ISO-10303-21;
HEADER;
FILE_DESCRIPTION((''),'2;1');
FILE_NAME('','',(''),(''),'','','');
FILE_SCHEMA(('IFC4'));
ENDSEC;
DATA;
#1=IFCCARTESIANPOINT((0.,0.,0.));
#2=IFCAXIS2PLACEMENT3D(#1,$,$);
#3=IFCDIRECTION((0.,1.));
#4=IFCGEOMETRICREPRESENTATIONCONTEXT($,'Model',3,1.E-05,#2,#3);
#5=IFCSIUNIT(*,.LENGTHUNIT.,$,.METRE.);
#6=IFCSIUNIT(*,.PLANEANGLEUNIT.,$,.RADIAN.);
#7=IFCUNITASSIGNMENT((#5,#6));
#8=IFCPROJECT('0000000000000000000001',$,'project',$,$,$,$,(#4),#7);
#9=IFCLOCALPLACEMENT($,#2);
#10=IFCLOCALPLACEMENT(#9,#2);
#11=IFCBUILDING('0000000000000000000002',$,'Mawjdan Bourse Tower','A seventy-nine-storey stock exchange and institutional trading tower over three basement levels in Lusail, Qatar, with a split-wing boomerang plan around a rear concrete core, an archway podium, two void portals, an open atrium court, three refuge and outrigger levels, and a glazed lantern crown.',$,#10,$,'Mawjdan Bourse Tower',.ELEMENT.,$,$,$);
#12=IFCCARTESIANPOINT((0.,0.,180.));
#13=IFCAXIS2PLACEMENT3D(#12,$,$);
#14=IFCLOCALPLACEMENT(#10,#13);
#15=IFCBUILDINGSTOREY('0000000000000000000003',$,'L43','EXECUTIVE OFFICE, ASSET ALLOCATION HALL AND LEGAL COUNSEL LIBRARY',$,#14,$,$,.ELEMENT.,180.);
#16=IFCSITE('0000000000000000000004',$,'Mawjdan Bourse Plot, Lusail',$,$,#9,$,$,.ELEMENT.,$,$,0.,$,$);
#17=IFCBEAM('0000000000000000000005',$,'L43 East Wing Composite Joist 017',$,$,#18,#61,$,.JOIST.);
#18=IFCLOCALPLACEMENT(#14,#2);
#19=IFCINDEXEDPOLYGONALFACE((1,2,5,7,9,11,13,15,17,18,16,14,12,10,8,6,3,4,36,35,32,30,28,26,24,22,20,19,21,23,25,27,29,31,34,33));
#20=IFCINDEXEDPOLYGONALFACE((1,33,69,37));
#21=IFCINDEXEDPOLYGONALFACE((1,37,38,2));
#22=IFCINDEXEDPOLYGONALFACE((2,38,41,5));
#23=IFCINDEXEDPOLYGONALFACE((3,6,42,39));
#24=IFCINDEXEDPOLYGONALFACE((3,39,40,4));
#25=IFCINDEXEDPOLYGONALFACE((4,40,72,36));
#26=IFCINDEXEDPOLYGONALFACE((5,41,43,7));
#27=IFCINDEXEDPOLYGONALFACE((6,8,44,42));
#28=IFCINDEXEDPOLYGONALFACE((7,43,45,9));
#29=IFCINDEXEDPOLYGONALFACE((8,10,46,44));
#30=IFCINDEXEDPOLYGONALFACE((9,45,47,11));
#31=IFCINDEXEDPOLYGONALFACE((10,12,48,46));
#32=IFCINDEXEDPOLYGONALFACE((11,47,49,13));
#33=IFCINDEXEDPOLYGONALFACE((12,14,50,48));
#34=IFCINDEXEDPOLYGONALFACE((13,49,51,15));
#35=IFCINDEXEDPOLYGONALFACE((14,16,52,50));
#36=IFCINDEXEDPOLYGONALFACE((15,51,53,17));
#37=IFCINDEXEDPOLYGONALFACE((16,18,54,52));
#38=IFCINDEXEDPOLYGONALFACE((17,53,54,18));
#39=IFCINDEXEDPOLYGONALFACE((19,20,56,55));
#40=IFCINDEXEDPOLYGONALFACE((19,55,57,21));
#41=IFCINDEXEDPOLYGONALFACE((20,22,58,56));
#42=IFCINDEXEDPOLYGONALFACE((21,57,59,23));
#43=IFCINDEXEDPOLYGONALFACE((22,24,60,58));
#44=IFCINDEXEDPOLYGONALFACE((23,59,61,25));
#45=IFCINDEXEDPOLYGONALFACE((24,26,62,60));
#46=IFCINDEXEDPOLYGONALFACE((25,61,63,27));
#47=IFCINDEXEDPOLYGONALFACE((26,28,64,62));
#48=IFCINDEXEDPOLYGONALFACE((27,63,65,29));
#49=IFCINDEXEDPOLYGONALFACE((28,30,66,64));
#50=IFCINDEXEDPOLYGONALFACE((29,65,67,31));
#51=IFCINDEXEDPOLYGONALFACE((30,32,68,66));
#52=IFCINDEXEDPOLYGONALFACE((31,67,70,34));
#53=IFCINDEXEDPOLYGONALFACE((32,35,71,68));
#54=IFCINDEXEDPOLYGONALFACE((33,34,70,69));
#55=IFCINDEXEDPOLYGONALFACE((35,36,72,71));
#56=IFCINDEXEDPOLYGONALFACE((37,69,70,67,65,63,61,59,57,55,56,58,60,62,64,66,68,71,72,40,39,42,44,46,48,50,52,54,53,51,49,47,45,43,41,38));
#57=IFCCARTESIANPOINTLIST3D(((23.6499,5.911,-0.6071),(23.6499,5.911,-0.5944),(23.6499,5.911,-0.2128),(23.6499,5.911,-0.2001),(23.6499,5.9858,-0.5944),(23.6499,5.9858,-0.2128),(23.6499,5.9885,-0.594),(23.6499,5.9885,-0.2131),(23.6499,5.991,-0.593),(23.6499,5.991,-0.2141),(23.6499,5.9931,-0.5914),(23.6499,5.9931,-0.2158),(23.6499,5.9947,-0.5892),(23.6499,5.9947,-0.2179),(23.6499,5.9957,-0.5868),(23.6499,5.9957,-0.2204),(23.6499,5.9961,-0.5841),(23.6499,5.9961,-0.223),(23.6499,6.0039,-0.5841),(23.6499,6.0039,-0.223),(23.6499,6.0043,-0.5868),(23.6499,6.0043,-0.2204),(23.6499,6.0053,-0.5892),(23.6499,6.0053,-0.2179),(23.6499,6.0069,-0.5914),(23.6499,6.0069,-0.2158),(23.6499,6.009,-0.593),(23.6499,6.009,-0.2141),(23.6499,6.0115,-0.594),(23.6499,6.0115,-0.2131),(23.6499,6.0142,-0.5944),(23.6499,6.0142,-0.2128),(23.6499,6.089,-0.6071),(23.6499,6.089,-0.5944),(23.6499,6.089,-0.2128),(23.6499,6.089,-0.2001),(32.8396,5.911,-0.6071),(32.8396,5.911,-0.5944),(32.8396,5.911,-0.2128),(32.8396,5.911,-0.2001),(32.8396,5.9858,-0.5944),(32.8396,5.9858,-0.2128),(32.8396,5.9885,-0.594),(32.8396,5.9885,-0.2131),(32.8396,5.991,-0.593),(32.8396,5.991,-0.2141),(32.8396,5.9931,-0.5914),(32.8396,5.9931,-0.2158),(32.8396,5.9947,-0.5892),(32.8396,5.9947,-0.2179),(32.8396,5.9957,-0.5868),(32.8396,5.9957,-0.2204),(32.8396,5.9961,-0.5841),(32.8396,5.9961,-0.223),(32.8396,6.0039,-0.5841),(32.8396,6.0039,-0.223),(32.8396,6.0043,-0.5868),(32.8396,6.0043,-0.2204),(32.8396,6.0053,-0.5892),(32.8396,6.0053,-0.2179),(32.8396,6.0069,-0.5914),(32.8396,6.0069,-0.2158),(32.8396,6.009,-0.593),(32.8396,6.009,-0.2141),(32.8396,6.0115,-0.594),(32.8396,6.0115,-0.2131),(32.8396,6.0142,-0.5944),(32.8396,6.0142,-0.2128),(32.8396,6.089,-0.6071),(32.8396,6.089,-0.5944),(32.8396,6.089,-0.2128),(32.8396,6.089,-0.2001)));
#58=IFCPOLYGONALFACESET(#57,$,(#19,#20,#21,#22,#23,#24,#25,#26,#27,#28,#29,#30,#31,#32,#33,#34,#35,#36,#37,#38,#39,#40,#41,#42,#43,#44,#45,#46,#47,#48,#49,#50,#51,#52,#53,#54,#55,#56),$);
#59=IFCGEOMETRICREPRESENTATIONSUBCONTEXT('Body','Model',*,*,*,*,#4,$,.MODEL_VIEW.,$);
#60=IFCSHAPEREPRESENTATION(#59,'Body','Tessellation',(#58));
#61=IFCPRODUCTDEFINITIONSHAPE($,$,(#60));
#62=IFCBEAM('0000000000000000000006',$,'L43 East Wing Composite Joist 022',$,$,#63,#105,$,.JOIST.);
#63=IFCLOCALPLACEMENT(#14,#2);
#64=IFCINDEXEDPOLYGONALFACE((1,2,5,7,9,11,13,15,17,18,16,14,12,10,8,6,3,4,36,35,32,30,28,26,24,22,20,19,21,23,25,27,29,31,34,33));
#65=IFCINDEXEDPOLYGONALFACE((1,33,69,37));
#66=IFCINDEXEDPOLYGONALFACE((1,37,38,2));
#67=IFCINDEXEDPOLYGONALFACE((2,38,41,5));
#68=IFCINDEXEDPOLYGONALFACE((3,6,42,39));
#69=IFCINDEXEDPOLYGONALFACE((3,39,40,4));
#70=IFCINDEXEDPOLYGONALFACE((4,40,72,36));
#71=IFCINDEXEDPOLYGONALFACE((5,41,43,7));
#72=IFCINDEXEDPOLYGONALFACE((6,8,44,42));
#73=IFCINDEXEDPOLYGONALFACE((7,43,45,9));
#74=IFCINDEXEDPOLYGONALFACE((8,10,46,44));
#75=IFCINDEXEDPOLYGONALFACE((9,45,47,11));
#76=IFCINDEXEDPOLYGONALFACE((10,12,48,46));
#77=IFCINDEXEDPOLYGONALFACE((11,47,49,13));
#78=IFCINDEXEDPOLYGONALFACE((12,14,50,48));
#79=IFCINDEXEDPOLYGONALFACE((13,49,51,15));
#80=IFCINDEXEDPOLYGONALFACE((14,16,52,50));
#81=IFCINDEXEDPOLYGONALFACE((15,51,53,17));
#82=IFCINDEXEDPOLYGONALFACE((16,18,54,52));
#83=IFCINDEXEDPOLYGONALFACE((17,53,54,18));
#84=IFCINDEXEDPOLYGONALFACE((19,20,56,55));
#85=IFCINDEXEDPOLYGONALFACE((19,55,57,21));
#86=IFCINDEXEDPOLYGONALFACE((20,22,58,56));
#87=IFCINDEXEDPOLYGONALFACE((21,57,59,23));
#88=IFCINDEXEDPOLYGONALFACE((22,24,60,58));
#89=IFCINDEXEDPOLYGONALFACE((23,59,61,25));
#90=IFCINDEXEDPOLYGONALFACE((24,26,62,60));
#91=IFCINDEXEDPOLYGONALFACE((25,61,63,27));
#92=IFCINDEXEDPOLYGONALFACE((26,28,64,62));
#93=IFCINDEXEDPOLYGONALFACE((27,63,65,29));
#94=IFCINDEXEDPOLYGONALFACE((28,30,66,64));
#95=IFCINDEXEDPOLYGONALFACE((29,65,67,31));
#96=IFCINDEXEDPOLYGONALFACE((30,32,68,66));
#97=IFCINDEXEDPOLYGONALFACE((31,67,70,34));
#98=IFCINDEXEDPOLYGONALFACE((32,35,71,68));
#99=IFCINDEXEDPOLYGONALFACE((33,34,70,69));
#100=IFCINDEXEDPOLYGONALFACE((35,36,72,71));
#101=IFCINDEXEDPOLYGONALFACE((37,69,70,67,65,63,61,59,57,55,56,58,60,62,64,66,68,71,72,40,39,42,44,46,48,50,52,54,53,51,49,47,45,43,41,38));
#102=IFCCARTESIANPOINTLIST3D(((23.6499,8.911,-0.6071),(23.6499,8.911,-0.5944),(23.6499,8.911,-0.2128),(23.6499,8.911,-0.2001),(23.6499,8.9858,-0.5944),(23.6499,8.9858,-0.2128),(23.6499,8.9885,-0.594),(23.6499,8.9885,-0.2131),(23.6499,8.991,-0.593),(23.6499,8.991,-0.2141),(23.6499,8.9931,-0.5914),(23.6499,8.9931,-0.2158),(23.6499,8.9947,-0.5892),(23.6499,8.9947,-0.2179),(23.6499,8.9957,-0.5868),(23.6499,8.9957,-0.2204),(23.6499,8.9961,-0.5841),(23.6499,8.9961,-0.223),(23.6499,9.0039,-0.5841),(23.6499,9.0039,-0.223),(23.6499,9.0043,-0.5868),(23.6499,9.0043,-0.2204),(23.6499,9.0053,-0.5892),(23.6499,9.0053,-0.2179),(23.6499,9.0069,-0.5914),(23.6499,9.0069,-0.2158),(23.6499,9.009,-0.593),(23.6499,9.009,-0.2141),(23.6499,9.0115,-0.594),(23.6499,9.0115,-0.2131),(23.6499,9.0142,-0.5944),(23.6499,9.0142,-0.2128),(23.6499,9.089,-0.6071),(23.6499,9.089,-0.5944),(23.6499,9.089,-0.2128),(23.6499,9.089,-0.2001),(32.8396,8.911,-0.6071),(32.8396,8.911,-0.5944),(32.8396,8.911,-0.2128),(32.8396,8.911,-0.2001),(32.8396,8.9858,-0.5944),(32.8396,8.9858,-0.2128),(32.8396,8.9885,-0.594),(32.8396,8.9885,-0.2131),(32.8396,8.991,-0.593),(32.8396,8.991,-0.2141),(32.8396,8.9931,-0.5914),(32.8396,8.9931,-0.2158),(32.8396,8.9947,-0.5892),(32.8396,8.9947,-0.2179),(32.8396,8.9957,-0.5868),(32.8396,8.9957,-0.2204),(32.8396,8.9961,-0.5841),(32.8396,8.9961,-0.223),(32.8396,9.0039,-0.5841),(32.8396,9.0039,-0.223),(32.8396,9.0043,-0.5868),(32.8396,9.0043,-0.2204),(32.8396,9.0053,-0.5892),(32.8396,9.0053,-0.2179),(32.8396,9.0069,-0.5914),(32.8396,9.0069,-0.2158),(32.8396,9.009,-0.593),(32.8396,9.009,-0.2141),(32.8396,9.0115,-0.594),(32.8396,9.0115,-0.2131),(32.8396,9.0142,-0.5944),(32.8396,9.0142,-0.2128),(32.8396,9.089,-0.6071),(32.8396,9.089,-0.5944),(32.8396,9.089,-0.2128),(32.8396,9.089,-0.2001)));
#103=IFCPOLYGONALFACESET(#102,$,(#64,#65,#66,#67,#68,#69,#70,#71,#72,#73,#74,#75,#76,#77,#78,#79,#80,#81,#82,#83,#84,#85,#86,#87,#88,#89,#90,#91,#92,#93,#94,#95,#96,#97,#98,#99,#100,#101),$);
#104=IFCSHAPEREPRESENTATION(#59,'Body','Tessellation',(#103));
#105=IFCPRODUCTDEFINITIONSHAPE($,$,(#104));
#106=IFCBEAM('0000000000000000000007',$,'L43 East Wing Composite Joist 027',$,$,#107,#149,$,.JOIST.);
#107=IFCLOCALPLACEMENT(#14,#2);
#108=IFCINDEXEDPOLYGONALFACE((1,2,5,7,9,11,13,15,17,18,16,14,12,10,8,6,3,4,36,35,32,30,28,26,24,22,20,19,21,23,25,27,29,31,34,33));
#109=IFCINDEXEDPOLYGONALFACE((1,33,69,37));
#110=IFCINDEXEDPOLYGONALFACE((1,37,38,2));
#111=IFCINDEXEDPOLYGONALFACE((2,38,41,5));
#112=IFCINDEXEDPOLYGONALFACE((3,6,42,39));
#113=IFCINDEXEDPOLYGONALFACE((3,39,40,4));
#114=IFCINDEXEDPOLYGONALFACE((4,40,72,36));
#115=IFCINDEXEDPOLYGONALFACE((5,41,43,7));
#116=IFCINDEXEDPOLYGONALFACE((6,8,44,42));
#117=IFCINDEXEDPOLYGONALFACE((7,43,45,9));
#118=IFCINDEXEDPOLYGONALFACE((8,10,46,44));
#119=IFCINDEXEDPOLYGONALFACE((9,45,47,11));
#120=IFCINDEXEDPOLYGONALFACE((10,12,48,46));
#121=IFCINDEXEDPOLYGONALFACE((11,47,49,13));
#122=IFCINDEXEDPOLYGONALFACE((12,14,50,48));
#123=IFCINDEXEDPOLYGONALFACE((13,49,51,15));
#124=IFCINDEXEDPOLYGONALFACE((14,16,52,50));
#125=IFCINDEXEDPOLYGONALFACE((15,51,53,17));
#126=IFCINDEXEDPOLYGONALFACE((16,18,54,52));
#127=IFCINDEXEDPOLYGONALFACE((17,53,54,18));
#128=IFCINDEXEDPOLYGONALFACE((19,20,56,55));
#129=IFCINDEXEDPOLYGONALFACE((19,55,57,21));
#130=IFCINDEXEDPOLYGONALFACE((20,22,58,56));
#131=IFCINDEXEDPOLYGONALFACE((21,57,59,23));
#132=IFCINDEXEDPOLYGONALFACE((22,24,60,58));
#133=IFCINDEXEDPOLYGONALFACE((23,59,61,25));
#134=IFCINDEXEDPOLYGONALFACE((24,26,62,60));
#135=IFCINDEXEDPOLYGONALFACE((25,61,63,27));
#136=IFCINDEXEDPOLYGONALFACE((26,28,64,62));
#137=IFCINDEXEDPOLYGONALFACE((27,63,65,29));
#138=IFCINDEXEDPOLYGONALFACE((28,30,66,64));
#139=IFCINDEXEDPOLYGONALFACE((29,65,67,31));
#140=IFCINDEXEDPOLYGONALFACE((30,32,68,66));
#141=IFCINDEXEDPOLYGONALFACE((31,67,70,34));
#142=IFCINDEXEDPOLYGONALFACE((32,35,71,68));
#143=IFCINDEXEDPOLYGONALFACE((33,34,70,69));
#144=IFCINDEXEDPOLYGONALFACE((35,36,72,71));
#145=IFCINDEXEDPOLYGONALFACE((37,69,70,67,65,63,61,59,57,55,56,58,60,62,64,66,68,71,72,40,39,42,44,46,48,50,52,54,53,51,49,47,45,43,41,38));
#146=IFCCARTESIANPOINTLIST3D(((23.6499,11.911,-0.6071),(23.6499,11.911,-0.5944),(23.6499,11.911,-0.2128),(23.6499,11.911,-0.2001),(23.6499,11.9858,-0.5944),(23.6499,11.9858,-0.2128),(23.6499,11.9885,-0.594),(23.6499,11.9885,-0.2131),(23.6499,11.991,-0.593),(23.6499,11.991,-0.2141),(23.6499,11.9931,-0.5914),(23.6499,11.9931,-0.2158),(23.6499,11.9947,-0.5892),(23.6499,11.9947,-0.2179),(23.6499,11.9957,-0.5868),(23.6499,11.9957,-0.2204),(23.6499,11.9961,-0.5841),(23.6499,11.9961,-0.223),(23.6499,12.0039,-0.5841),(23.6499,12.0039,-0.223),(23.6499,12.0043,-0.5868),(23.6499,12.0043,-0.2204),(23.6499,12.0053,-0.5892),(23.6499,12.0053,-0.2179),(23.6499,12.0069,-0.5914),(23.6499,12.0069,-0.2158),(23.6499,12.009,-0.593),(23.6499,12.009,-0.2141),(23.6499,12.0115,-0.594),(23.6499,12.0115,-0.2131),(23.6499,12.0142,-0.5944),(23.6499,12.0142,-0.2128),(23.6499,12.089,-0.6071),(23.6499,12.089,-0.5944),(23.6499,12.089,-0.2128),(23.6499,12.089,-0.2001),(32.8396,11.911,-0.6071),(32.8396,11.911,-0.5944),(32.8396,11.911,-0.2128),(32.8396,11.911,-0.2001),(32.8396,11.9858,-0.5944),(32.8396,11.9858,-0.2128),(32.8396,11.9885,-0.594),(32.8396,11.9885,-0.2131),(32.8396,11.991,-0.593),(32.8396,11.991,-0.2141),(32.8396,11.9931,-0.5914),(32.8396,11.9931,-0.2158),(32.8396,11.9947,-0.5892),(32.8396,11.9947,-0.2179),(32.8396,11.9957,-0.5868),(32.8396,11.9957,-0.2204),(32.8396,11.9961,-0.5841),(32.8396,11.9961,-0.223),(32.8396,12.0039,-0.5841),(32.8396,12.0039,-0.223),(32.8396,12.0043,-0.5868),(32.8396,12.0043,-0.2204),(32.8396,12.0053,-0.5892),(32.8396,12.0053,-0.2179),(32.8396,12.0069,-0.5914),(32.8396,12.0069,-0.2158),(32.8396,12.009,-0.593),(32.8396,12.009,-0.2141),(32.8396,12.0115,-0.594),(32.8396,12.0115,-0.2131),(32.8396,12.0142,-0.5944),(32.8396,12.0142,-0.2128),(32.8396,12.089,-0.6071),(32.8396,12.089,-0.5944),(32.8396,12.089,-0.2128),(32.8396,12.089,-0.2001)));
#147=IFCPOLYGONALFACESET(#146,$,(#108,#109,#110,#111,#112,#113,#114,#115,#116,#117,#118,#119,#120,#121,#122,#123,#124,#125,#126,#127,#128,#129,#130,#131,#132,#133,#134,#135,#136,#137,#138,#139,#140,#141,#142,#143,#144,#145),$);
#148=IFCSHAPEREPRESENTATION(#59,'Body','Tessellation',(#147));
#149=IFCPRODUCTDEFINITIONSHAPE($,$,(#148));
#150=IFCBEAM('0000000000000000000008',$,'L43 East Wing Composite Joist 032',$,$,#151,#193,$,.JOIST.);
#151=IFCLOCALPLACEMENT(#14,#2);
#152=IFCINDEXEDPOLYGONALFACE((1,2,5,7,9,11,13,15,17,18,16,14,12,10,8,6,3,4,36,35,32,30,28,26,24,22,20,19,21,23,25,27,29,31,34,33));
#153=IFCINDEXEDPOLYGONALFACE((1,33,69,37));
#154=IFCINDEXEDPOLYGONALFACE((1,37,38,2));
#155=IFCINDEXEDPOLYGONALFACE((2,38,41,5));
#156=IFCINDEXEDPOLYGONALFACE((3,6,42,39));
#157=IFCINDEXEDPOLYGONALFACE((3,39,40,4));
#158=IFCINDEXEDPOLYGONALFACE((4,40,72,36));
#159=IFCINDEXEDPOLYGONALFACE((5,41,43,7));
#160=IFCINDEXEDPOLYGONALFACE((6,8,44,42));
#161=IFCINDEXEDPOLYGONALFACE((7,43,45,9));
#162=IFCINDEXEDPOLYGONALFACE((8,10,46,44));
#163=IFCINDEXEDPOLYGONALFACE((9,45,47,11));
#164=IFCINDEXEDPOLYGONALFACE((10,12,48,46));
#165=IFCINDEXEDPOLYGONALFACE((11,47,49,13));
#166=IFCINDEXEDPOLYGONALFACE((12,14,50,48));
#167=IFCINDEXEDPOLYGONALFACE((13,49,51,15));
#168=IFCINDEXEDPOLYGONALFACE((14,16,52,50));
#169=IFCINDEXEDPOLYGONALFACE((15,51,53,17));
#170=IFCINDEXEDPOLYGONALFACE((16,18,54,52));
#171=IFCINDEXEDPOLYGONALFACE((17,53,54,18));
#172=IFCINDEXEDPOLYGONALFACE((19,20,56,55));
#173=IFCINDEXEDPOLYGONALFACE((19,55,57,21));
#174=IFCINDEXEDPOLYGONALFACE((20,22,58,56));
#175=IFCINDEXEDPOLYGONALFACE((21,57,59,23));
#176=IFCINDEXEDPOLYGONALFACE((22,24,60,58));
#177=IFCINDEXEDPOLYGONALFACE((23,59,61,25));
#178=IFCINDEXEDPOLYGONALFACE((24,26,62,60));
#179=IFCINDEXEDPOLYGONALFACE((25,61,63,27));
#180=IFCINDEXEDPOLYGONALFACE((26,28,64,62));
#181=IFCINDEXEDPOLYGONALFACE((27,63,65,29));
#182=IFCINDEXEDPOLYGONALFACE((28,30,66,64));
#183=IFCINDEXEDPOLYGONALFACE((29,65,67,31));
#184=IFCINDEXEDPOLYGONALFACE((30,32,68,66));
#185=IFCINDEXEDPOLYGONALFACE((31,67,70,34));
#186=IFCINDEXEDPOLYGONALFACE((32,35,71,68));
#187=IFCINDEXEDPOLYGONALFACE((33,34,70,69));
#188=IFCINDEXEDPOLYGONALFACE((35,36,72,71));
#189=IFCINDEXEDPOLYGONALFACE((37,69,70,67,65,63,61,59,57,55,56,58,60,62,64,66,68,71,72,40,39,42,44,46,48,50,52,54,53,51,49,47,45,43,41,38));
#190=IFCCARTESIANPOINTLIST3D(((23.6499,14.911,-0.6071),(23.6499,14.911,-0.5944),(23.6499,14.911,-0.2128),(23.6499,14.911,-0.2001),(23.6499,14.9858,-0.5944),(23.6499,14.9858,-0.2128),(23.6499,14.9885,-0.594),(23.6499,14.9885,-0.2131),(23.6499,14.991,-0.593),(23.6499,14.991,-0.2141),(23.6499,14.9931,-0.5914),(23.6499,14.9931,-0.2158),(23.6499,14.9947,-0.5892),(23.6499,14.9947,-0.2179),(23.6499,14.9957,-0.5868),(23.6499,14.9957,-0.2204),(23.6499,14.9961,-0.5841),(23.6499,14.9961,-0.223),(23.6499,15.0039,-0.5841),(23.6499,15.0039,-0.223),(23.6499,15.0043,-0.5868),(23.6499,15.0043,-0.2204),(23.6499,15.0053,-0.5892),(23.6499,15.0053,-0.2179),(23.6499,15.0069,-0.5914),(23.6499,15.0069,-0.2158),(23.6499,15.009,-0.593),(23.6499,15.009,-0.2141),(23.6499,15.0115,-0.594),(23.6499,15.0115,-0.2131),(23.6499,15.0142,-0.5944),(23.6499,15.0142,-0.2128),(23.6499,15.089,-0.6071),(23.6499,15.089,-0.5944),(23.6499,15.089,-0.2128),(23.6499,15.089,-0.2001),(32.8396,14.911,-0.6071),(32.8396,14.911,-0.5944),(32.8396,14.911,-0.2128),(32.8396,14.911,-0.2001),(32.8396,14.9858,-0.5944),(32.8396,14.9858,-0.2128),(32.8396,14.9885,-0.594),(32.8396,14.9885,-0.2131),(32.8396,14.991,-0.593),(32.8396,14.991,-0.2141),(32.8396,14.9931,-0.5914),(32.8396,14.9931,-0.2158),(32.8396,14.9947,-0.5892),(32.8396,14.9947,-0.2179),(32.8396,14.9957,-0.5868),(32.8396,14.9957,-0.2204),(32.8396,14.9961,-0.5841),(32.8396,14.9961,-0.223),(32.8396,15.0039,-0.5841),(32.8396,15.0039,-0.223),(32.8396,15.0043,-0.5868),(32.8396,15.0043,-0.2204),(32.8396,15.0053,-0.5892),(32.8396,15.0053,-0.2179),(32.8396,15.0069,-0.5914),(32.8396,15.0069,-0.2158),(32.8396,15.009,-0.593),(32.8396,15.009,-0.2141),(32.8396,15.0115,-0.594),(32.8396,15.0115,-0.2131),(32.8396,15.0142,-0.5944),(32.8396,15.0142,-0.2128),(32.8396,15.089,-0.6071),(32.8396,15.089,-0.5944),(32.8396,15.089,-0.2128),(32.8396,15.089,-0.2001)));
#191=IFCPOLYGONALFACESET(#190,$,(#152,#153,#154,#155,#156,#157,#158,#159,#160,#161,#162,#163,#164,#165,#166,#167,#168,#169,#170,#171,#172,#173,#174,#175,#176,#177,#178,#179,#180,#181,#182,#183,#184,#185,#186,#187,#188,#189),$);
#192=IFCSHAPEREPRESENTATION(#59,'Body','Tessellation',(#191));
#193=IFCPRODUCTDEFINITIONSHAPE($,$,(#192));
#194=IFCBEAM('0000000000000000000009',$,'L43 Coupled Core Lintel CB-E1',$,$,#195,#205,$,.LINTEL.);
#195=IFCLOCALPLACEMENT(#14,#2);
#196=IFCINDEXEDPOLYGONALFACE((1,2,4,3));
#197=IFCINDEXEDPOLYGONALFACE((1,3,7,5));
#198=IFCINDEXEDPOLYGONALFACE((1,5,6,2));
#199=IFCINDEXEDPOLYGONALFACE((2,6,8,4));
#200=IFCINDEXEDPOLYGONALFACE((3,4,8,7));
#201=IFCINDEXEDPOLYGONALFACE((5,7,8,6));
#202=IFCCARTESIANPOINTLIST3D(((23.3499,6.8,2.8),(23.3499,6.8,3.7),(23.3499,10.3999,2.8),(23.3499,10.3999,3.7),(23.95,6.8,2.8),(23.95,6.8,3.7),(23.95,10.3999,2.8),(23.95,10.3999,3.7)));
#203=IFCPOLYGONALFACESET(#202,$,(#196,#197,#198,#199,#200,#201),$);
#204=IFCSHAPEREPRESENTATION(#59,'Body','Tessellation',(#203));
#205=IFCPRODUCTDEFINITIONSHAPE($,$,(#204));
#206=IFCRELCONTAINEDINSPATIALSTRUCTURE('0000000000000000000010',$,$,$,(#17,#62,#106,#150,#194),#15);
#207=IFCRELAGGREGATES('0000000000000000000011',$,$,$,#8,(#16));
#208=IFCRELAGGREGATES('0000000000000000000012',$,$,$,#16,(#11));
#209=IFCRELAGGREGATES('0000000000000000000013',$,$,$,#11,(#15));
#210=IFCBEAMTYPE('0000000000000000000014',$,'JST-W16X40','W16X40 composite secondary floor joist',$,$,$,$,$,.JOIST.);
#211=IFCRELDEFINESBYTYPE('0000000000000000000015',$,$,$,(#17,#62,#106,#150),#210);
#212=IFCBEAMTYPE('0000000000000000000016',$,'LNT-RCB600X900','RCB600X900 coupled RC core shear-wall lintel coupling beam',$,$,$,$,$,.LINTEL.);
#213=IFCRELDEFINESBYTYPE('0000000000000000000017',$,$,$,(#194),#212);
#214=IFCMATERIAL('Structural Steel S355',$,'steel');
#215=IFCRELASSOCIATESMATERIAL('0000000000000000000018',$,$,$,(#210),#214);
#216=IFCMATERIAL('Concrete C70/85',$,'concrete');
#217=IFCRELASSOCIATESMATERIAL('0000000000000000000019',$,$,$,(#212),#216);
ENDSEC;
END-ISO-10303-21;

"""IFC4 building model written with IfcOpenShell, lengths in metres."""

from ifc_helpers import new_model, si_unit, direction, frame, origin, origin_2d, place, context, subcontext, project, spatial, rectangle, i_section, extrude, material, material_profile, profile_set, type_object, element, save


model = new_model("IFC4")

# Units and contexts
model_context = context("Model", 3, precision=1e-05, world=origin(), true_north=direction((0.0, 1.0)))
body_context = subcontext(model_context, "Body", "Model", "MODEL_VIEW")
ifc_project = project(units=[si_unit("LENGTHUNIT", "METRE"), si_unit("PLANEANGLEUNIT", "RADIAN")], contexts=[model_context])

# Site, building, storey
site_placement = place(None, origin())
site = spatial("IfcSite", under=ifc_project, at=site_placement, Name="Mawjdan Bourse Plot, Lusail", CompositionType="ELEMENT", RefElevation=0.0)
building_placement = place(site_placement, origin())
building = spatial("IfcBuilding", under=site, at=building_placement, Name="Mawjdan Bourse Tower", Description="A seventy-nine-storey stock exchange and institutional trading tower over three basement levels in Lusail, Qatar, with a split-wing boomerang plan around a rear concrete core, an archway podium, two void portals, an open atrium court, three refuge and outrigger levels, and a glazed lantern crown.", LongName="Mawjdan Bourse Tower", CompositionType="ELEMENT")
storey_placement = place(building_placement, frame((0.0, 0.0, 180.0)))
storey = spatial("IfcBuildingStorey", under=building, at=storey_placement, Name="L43", Description="EXECUTIVE OFFICE, ASSET ALLOCATION HALL AND LEGAL COUNSEL LIBRARY", CompositionType="ELEMENT", Elevation=180.0)

# Beams
ifc_material_1 = material(Name="Structural Steel S355", Category="steel")
ifc_material_profile_1 = material_profile(ifc_material_1, i_section(OverallWidth=0.178, OverallDepth=0.407, WebThickness=0.0078, FlangeThickness=0.0127, FilletRadius=0.0103, at=origin_2d()), Name="W16X40")
ifc_profile_set_1 = profile_set([ifc_material_profile_1], Name="Structural Steel S355")
beam_type_1 = type_object("IfcBeamType", Name="JST-W16X40", Description="W16X40 composite secondary floor joist", PredefinedType="JOIST", material=ifc_profile_set_1)
for number, where, z_axis, x_axis, name in (
    (1, (23.6499, 6.0, -0.4036), (1.0, 0.0, 0.0), (0.0, 1.0, 0.0), "L43 East Wing Composite Joist 017"),
    (2, (23.6499, 9.0, -0.4036), (1.0, 0.0, 0.0), (0.0, 1.0, 0.0), "L43 East Wing Composite Joist 022"),
    (3, (23.6499, 12.0, -0.4036), (1.0, 0.0, 0.0), (0.0, 1.0, 0.0), "L43 East Wing Composite Joist 027"),
    (4, (23.6499, 15.0, -0.4036), (1.0, 0.0, 0.0), (0.0, 1.0, 0.0), "L43 East Wing Composite Joist 032"),
):
    element("IfcBeam", number, at=place(storey_placement, frame(where, z_axis=z_axis, x_axis=x_axis)), inside=storey, type_object=beam_type_1, Name=name, PredefinedType="JOIST", context=body_context, shape_type="SweptSolid", body=[
        extrude(i_section(OverallWidth=0.178, OverallDepth=0.407, WebThickness=0.0078, FlangeThickness=0.0127, FilletRadius=0.0103, at=origin_2d()), origin(), (0.0, 0.0, 1.0), 9.1897),
    ])
ifc_material_2 = material(Name="Concrete C70/85", Category="concrete")
ifc_material_profile_2 = material_profile(ifc_material_2, rectangle(XDim=0.6001, YDim=0.8999, at=origin_2d()), Name="RCB600X900")
ifc_profile_set_2 = profile_set([ifc_material_profile_2], Name="Concrete C70/85")
beam_type_2 = type_object("IfcBeamType", Name="LNT-RCB600X900", Description="RCB600X900 coupled RC core shear-wall lintel coupling beam", PredefinedType="LINTEL", material=ifc_profile_set_2)
beam_1_placement = place(storey_placement, frame((23.6499, 6.8, 3.25), z_axis=(0.0, 1.0, 0.0), x_axis=(-1.0, 0.0, 0.0)))
element("IfcBeam", 5, at=beam_1_placement, inside=storey, type_object=beam_type_2, Name="L43 Coupled Core Lintel CB-E1", PredefinedType="LINTEL", context=body_context, shape_type="SweptSolid", body=[
    extrude(rectangle(XDim=0.6001, YDim=0.8999, at=origin_2d()), origin(), (0.0, 0.0, 1.0), 3.5999),
])

save(model, "model.ifc")
